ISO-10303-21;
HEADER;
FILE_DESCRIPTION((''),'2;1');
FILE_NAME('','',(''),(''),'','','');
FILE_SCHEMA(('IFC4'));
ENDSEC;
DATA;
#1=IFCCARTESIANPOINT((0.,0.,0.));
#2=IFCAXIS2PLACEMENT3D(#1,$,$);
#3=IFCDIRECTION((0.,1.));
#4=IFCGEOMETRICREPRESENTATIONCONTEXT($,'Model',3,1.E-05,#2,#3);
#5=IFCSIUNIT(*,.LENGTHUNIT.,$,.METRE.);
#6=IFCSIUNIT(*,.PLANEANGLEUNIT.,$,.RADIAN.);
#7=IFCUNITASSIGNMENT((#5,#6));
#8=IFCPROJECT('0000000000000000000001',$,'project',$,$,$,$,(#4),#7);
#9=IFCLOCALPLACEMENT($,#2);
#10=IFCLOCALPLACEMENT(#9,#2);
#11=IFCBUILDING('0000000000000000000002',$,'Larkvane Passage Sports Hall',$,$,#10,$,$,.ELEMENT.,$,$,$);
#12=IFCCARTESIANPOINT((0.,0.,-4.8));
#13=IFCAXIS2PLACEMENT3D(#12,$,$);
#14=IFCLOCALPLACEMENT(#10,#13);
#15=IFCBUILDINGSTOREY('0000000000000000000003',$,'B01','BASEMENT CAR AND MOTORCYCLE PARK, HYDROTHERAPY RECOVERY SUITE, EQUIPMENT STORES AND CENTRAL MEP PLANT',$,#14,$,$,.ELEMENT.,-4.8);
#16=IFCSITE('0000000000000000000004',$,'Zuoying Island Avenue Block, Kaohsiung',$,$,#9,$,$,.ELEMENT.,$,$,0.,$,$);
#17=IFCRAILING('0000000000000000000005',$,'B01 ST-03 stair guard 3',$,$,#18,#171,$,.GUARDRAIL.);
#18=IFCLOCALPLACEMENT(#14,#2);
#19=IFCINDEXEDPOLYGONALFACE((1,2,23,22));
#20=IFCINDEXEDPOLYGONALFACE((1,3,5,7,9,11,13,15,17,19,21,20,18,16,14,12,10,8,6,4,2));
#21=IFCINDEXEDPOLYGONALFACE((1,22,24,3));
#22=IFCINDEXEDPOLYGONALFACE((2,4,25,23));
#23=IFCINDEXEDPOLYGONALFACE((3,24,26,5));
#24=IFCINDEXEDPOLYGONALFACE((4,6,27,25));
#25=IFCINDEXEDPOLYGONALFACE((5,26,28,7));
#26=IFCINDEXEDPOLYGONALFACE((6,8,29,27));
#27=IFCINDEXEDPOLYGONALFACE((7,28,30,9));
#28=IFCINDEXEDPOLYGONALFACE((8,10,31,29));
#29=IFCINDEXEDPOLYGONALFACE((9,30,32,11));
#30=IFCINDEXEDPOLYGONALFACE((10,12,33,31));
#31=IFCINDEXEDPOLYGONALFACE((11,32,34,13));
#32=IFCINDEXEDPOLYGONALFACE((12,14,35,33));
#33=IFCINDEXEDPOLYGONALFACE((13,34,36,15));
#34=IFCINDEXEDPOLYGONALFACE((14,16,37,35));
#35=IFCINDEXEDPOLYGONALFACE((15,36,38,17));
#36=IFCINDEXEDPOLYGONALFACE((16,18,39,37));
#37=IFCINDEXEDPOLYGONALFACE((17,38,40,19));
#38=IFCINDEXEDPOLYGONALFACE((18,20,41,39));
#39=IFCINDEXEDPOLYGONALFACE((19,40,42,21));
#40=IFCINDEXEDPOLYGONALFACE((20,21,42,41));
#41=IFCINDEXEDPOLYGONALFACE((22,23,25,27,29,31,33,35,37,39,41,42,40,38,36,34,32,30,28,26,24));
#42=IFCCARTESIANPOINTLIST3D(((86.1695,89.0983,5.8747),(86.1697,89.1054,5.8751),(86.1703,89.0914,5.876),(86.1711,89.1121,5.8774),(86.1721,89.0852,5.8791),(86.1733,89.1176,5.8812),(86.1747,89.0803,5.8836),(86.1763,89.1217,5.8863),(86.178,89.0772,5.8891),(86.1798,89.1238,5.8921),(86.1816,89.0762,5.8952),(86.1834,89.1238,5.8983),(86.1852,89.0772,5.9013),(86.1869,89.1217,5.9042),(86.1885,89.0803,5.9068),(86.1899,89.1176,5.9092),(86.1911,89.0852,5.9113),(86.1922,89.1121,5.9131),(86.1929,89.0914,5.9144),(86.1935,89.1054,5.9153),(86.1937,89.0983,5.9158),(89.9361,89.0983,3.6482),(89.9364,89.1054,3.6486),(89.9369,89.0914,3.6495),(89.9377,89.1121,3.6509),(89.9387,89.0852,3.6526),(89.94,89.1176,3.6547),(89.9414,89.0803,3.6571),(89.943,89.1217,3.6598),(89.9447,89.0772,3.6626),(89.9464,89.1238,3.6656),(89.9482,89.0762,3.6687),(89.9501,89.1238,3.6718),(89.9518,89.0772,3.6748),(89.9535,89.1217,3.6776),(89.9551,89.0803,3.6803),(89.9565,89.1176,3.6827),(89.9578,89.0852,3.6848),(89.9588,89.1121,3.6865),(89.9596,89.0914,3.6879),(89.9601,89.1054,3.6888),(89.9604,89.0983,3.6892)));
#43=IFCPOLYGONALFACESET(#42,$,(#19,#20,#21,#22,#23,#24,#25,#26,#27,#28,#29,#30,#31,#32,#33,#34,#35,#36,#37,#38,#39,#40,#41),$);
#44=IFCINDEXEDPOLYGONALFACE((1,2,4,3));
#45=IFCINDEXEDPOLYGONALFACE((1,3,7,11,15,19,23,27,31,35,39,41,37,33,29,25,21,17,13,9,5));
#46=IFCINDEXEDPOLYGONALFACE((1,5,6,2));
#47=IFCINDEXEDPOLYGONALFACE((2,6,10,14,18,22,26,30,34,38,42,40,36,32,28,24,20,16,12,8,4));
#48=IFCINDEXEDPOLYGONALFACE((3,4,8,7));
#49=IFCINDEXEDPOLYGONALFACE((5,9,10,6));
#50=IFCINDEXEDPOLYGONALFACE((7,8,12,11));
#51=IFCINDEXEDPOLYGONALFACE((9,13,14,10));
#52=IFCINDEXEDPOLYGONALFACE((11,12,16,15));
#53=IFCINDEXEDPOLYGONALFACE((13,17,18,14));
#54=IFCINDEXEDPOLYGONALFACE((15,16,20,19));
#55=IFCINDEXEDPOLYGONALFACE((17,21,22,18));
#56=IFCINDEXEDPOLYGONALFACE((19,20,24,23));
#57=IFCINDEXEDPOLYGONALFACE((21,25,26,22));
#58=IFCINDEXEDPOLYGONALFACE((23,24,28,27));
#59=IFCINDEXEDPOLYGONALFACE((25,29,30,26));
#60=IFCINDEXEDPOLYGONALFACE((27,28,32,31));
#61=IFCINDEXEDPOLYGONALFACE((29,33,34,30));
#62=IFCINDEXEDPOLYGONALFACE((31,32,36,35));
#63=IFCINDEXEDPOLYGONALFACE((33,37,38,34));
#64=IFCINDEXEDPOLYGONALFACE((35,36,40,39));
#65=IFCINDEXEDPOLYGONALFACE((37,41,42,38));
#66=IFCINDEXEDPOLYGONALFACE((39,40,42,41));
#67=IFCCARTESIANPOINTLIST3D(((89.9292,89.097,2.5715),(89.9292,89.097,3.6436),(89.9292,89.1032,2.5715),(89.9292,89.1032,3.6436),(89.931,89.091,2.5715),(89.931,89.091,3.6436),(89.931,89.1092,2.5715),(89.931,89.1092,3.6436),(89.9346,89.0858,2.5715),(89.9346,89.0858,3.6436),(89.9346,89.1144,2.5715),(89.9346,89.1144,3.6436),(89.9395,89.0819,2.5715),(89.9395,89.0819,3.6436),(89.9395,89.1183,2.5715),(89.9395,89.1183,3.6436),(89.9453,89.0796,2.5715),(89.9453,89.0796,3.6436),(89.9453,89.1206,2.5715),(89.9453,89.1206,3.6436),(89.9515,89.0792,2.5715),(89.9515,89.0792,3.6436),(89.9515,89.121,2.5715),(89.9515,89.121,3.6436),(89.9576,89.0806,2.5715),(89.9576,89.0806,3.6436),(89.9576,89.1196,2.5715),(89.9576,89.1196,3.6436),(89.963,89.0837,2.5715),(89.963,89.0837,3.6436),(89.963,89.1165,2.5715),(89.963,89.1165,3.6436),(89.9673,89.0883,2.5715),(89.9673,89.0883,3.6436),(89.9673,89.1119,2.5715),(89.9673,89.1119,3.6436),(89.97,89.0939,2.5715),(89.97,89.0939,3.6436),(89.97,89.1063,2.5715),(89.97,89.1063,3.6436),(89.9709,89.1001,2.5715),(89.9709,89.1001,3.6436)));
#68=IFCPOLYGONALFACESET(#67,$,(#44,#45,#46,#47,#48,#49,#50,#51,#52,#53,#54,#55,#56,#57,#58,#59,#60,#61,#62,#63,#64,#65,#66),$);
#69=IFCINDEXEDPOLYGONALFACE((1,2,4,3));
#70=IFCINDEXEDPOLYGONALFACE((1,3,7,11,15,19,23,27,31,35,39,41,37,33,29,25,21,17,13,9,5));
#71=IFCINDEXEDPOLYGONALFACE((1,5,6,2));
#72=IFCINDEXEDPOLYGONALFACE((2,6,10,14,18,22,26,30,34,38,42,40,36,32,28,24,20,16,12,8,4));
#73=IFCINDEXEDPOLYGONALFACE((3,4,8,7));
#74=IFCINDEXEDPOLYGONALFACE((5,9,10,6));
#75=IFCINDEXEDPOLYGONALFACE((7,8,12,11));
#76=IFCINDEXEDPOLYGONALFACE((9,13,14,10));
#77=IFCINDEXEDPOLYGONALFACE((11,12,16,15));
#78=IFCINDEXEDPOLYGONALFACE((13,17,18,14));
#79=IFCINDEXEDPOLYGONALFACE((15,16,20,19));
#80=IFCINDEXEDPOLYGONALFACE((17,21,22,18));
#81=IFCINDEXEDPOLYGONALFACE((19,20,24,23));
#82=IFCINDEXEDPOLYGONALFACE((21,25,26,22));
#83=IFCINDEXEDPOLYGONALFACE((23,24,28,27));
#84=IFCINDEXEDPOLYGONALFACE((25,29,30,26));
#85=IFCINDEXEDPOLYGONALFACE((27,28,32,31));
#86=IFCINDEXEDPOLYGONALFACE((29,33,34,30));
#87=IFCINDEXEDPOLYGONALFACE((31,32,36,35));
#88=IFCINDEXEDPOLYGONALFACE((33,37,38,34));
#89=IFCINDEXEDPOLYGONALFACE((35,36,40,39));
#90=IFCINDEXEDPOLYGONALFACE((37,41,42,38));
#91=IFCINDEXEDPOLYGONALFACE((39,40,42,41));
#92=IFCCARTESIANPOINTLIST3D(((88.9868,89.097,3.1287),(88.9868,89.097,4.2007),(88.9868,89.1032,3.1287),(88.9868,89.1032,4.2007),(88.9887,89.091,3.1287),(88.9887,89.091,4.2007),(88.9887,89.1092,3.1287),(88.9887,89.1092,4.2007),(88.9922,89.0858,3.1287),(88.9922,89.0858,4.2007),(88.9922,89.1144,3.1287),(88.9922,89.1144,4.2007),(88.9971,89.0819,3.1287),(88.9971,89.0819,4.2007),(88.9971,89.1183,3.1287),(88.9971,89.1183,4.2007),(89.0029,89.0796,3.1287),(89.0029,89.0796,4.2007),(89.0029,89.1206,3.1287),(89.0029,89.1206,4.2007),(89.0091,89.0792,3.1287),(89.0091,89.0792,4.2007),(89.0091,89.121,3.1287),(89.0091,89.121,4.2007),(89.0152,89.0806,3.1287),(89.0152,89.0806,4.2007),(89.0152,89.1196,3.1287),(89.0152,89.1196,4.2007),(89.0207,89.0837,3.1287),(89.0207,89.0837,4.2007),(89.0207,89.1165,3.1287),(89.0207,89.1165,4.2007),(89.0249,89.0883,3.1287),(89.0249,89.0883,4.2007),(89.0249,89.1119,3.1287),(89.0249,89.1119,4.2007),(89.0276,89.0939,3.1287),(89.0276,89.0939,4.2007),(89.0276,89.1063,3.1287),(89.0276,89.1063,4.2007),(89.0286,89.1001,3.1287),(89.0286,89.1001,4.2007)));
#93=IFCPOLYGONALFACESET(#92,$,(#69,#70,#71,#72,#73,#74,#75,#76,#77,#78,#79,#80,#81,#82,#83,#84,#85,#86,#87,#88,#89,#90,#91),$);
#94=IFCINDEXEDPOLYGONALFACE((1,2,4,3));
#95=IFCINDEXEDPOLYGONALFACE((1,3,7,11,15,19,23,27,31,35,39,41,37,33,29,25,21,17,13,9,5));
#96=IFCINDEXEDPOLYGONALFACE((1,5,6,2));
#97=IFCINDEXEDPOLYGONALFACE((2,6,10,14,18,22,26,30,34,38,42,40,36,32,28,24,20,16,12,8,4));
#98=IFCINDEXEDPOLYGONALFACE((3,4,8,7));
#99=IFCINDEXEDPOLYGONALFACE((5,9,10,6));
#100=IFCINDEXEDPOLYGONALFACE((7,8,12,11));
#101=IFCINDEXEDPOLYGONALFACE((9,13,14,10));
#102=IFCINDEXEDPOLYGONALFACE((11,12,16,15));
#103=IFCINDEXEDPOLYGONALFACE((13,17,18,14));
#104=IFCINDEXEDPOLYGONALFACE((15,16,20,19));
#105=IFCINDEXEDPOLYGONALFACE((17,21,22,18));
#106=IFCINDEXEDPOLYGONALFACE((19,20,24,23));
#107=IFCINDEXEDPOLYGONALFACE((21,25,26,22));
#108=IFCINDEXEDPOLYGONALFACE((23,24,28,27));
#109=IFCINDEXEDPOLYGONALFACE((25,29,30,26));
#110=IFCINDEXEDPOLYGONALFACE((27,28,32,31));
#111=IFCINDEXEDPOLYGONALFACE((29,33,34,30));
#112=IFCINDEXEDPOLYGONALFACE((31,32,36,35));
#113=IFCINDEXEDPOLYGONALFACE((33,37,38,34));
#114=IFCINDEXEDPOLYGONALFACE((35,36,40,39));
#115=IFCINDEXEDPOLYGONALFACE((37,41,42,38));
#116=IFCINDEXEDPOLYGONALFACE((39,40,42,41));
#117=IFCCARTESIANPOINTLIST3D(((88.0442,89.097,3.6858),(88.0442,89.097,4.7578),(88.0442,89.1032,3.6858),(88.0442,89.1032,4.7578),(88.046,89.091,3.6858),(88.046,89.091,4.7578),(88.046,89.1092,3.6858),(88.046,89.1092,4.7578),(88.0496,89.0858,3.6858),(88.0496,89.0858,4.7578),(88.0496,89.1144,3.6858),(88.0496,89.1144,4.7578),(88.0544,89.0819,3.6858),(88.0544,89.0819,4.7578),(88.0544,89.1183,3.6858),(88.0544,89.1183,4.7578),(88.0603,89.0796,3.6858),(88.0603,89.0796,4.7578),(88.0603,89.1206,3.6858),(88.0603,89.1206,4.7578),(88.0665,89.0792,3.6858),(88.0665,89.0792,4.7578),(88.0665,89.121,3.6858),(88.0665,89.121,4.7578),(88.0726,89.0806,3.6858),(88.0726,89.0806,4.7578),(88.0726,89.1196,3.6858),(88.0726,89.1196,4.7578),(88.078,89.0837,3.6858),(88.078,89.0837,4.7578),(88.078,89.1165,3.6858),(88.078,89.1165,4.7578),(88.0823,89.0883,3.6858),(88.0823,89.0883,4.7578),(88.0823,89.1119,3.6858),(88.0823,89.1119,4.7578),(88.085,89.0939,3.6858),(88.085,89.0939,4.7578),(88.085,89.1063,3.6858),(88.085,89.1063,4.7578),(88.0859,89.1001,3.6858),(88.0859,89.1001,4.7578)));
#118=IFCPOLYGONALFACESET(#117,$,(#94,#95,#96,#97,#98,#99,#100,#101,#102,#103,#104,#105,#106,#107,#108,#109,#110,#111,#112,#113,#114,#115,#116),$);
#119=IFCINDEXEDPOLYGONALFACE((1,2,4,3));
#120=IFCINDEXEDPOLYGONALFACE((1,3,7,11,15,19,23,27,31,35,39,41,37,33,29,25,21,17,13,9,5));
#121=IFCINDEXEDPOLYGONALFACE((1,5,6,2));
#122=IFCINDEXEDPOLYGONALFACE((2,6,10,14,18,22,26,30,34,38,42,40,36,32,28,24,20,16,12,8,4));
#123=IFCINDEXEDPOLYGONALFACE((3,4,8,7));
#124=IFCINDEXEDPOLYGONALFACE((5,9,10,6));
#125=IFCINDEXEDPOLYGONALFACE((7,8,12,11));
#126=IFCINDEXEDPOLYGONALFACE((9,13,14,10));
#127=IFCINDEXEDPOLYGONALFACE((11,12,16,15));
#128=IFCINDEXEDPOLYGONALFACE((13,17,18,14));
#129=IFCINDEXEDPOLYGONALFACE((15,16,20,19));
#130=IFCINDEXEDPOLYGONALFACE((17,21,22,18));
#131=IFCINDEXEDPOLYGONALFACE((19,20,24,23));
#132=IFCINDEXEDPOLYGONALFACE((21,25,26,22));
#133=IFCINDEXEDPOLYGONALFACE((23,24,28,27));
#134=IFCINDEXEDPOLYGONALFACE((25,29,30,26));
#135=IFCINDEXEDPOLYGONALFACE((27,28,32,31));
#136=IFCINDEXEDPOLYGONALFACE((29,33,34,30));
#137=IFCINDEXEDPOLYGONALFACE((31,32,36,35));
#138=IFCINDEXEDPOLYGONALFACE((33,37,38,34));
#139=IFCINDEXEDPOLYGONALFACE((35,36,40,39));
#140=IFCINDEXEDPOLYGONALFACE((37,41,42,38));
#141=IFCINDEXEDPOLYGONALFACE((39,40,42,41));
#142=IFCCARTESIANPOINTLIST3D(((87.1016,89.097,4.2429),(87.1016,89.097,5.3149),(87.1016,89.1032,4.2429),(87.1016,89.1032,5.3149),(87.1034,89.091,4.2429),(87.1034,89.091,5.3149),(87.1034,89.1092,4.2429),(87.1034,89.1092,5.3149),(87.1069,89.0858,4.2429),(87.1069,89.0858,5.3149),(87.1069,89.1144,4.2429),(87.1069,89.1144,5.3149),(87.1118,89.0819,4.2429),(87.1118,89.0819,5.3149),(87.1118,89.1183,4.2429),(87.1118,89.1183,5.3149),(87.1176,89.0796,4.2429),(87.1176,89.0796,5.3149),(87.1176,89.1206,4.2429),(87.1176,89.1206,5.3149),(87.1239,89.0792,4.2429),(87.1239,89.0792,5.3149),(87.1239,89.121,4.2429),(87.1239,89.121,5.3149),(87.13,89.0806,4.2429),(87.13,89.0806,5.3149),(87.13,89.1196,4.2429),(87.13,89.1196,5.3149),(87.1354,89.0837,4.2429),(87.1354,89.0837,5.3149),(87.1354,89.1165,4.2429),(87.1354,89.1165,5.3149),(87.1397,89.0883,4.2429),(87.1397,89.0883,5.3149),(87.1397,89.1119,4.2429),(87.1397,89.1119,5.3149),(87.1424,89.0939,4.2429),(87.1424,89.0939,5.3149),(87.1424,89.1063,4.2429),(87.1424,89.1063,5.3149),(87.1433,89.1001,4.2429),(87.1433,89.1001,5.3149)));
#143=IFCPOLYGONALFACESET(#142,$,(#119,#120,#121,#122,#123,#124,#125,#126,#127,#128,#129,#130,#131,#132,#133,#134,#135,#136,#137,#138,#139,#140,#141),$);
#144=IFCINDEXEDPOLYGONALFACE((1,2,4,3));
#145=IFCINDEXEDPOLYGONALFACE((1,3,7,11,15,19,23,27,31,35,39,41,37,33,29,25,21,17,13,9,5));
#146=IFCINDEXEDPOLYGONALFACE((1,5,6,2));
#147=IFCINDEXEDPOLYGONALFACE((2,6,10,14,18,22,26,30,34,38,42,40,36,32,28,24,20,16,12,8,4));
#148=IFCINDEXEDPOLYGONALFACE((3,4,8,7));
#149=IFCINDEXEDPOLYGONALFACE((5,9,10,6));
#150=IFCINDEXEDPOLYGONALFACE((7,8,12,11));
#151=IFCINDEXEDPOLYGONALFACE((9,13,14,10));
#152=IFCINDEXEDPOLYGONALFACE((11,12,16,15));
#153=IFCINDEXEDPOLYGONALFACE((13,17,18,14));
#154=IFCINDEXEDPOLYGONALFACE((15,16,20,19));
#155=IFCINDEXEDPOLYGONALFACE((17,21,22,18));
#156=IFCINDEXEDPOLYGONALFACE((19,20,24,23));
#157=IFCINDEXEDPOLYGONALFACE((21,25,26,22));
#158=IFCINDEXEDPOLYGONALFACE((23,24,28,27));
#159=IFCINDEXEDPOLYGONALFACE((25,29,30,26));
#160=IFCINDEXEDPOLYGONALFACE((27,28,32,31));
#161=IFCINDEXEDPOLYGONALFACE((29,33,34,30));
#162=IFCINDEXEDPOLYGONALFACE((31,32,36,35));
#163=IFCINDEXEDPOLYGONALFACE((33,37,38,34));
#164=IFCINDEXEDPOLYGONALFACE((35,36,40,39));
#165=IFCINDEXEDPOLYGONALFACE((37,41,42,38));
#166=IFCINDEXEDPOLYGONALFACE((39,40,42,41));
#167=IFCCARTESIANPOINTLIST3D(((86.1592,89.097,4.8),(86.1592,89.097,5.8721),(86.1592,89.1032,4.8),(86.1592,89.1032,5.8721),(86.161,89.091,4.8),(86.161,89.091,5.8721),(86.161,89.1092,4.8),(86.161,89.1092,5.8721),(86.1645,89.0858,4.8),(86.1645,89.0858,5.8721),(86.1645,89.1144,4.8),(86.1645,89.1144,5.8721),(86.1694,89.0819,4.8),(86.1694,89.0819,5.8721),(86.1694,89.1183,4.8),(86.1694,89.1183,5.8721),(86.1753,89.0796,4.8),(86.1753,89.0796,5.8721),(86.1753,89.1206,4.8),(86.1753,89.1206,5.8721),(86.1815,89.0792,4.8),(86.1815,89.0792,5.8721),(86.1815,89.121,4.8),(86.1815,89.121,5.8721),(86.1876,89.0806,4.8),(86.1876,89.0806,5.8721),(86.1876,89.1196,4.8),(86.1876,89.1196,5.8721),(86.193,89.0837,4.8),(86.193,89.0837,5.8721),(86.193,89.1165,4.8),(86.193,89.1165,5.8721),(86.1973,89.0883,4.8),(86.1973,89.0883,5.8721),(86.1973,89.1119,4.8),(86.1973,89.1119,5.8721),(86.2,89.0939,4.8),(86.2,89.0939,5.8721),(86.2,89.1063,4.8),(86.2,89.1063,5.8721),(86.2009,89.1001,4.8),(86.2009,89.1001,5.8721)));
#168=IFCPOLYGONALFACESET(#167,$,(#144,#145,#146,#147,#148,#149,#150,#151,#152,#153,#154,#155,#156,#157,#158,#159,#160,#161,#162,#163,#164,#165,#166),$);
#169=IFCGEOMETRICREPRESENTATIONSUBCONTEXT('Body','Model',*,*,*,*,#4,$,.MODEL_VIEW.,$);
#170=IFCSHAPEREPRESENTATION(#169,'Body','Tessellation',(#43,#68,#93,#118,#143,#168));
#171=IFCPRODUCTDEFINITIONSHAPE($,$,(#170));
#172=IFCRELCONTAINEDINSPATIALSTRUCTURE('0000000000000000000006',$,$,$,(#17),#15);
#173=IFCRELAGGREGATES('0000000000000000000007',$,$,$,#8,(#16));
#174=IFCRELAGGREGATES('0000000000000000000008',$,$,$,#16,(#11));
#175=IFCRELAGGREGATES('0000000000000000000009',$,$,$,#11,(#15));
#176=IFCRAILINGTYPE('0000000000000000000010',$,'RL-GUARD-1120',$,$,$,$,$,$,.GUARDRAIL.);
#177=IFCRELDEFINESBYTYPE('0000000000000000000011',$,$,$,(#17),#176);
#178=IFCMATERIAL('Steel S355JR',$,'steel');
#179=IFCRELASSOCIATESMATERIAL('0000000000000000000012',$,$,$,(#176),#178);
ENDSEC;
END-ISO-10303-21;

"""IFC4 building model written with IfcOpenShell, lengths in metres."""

from ifc_helpers import new_model, si_unit, direction, frame, origin, origin_2d, place, context, subcontext, project, spatial, circle, extrude, material, type_object, element, save


model = new_model("IFC4")

# Units and contexts
model_context = context("Model", 3, precision=1e-05, world=origin(), true_north=direction((0.0, 1.0)))
body_context = subcontext(model_context, "Body", "Model", "MODEL_VIEW")
ifc_project = project(units=[si_unit("LENGTHUNIT", "METRE"), si_unit("PLANEANGLEUNIT", "RADIAN")], contexts=[model_context])

# Site, building, storey
site_placement = place(None, origin())
site = spatial("IfcSite", under=ifc_project, at=site_placement, Name="Zuoying Island Avenue Block, Kaohsiung", CompositionType="ELEMENT", RefElevation=0.0)
building_placement = place(site_placement, origin())
building = spatial("IfcBuilding", under=site, at=building_placement, Name="Larkvane Passage Sports Hall", CompositionType="ELEMENT")
storey_placement = place(building_placement, frame((0.0, 0.0, -4.8)))
storey = spatial("IfcBuildingStorey", under=building, at=storey_placement, Name="B01", Description="BASEMENT CAR AND MOTORCYCLE PARK, HYDROTHERAPY RECOVERY SUITE, EQUIPMENT STORES AND CENTRAL MEP PLANT", CompositionType="ELEMENT", Elevation=-4.8)

# Railing
ifc_material_1 = material(Name="Steel S355JR", Category="steel")
railing_type_1 = type_object("IfcRailingType", Name="RL-GUARD-1120", PredefinedType="GUARDRAIL", material=ifc_material_1)
railing_1_placement = place(storey_placement, frame((89.95, 89.1001, 2.5715)))
element("IfcRailing", 1, at=railing_1_placement, inside=storey, type_object=railing_type_1, Name="B01 ST-03 stair guard 3", PredefinedType="GUARDRAIL", context=body_context, shape_type="SweptSolid", body=[
    extrude(circle(Radius=0.0239, at=origin_2d()), frame((-0.0017, 0.0, 1.0972), z_axis=(-0.860849, 0.0, 0.508861), x_axis=(0.0, -1.0, 0.0)), (0.0, 0.0, 1.0), 4.3755),
    extrude(circle(Radius=0.021, at=origin_2d()), origin(), (0.0, 0.0, 1.0), 1.072),
    extrude(circle(Radius=0.021, at=origin_2d()), frame((-0.9424, 0.0, 0.5571)), (0.0, 0.0, 1.0), 1.072),
    extrude(circle(Radius=0.021, at=origin_2d()), frame((-1.885, 0.0, 1.1143)), (0.0, 0.0, 1.0), 1.072),
    extrude(circle(Radius=0.021, at=origin_2d()), frame((-2.8276, 0.0, 1.6714)), (0.0, 0.0, 1.0), 1.072),
    extrude(circle(Radius=0.021, at=origin_2d()), frame((-3.77, 0.0, 2.2285)), (0.0, 0.0, 1.0), 1.072),
])

save(model, "model.ifc")
